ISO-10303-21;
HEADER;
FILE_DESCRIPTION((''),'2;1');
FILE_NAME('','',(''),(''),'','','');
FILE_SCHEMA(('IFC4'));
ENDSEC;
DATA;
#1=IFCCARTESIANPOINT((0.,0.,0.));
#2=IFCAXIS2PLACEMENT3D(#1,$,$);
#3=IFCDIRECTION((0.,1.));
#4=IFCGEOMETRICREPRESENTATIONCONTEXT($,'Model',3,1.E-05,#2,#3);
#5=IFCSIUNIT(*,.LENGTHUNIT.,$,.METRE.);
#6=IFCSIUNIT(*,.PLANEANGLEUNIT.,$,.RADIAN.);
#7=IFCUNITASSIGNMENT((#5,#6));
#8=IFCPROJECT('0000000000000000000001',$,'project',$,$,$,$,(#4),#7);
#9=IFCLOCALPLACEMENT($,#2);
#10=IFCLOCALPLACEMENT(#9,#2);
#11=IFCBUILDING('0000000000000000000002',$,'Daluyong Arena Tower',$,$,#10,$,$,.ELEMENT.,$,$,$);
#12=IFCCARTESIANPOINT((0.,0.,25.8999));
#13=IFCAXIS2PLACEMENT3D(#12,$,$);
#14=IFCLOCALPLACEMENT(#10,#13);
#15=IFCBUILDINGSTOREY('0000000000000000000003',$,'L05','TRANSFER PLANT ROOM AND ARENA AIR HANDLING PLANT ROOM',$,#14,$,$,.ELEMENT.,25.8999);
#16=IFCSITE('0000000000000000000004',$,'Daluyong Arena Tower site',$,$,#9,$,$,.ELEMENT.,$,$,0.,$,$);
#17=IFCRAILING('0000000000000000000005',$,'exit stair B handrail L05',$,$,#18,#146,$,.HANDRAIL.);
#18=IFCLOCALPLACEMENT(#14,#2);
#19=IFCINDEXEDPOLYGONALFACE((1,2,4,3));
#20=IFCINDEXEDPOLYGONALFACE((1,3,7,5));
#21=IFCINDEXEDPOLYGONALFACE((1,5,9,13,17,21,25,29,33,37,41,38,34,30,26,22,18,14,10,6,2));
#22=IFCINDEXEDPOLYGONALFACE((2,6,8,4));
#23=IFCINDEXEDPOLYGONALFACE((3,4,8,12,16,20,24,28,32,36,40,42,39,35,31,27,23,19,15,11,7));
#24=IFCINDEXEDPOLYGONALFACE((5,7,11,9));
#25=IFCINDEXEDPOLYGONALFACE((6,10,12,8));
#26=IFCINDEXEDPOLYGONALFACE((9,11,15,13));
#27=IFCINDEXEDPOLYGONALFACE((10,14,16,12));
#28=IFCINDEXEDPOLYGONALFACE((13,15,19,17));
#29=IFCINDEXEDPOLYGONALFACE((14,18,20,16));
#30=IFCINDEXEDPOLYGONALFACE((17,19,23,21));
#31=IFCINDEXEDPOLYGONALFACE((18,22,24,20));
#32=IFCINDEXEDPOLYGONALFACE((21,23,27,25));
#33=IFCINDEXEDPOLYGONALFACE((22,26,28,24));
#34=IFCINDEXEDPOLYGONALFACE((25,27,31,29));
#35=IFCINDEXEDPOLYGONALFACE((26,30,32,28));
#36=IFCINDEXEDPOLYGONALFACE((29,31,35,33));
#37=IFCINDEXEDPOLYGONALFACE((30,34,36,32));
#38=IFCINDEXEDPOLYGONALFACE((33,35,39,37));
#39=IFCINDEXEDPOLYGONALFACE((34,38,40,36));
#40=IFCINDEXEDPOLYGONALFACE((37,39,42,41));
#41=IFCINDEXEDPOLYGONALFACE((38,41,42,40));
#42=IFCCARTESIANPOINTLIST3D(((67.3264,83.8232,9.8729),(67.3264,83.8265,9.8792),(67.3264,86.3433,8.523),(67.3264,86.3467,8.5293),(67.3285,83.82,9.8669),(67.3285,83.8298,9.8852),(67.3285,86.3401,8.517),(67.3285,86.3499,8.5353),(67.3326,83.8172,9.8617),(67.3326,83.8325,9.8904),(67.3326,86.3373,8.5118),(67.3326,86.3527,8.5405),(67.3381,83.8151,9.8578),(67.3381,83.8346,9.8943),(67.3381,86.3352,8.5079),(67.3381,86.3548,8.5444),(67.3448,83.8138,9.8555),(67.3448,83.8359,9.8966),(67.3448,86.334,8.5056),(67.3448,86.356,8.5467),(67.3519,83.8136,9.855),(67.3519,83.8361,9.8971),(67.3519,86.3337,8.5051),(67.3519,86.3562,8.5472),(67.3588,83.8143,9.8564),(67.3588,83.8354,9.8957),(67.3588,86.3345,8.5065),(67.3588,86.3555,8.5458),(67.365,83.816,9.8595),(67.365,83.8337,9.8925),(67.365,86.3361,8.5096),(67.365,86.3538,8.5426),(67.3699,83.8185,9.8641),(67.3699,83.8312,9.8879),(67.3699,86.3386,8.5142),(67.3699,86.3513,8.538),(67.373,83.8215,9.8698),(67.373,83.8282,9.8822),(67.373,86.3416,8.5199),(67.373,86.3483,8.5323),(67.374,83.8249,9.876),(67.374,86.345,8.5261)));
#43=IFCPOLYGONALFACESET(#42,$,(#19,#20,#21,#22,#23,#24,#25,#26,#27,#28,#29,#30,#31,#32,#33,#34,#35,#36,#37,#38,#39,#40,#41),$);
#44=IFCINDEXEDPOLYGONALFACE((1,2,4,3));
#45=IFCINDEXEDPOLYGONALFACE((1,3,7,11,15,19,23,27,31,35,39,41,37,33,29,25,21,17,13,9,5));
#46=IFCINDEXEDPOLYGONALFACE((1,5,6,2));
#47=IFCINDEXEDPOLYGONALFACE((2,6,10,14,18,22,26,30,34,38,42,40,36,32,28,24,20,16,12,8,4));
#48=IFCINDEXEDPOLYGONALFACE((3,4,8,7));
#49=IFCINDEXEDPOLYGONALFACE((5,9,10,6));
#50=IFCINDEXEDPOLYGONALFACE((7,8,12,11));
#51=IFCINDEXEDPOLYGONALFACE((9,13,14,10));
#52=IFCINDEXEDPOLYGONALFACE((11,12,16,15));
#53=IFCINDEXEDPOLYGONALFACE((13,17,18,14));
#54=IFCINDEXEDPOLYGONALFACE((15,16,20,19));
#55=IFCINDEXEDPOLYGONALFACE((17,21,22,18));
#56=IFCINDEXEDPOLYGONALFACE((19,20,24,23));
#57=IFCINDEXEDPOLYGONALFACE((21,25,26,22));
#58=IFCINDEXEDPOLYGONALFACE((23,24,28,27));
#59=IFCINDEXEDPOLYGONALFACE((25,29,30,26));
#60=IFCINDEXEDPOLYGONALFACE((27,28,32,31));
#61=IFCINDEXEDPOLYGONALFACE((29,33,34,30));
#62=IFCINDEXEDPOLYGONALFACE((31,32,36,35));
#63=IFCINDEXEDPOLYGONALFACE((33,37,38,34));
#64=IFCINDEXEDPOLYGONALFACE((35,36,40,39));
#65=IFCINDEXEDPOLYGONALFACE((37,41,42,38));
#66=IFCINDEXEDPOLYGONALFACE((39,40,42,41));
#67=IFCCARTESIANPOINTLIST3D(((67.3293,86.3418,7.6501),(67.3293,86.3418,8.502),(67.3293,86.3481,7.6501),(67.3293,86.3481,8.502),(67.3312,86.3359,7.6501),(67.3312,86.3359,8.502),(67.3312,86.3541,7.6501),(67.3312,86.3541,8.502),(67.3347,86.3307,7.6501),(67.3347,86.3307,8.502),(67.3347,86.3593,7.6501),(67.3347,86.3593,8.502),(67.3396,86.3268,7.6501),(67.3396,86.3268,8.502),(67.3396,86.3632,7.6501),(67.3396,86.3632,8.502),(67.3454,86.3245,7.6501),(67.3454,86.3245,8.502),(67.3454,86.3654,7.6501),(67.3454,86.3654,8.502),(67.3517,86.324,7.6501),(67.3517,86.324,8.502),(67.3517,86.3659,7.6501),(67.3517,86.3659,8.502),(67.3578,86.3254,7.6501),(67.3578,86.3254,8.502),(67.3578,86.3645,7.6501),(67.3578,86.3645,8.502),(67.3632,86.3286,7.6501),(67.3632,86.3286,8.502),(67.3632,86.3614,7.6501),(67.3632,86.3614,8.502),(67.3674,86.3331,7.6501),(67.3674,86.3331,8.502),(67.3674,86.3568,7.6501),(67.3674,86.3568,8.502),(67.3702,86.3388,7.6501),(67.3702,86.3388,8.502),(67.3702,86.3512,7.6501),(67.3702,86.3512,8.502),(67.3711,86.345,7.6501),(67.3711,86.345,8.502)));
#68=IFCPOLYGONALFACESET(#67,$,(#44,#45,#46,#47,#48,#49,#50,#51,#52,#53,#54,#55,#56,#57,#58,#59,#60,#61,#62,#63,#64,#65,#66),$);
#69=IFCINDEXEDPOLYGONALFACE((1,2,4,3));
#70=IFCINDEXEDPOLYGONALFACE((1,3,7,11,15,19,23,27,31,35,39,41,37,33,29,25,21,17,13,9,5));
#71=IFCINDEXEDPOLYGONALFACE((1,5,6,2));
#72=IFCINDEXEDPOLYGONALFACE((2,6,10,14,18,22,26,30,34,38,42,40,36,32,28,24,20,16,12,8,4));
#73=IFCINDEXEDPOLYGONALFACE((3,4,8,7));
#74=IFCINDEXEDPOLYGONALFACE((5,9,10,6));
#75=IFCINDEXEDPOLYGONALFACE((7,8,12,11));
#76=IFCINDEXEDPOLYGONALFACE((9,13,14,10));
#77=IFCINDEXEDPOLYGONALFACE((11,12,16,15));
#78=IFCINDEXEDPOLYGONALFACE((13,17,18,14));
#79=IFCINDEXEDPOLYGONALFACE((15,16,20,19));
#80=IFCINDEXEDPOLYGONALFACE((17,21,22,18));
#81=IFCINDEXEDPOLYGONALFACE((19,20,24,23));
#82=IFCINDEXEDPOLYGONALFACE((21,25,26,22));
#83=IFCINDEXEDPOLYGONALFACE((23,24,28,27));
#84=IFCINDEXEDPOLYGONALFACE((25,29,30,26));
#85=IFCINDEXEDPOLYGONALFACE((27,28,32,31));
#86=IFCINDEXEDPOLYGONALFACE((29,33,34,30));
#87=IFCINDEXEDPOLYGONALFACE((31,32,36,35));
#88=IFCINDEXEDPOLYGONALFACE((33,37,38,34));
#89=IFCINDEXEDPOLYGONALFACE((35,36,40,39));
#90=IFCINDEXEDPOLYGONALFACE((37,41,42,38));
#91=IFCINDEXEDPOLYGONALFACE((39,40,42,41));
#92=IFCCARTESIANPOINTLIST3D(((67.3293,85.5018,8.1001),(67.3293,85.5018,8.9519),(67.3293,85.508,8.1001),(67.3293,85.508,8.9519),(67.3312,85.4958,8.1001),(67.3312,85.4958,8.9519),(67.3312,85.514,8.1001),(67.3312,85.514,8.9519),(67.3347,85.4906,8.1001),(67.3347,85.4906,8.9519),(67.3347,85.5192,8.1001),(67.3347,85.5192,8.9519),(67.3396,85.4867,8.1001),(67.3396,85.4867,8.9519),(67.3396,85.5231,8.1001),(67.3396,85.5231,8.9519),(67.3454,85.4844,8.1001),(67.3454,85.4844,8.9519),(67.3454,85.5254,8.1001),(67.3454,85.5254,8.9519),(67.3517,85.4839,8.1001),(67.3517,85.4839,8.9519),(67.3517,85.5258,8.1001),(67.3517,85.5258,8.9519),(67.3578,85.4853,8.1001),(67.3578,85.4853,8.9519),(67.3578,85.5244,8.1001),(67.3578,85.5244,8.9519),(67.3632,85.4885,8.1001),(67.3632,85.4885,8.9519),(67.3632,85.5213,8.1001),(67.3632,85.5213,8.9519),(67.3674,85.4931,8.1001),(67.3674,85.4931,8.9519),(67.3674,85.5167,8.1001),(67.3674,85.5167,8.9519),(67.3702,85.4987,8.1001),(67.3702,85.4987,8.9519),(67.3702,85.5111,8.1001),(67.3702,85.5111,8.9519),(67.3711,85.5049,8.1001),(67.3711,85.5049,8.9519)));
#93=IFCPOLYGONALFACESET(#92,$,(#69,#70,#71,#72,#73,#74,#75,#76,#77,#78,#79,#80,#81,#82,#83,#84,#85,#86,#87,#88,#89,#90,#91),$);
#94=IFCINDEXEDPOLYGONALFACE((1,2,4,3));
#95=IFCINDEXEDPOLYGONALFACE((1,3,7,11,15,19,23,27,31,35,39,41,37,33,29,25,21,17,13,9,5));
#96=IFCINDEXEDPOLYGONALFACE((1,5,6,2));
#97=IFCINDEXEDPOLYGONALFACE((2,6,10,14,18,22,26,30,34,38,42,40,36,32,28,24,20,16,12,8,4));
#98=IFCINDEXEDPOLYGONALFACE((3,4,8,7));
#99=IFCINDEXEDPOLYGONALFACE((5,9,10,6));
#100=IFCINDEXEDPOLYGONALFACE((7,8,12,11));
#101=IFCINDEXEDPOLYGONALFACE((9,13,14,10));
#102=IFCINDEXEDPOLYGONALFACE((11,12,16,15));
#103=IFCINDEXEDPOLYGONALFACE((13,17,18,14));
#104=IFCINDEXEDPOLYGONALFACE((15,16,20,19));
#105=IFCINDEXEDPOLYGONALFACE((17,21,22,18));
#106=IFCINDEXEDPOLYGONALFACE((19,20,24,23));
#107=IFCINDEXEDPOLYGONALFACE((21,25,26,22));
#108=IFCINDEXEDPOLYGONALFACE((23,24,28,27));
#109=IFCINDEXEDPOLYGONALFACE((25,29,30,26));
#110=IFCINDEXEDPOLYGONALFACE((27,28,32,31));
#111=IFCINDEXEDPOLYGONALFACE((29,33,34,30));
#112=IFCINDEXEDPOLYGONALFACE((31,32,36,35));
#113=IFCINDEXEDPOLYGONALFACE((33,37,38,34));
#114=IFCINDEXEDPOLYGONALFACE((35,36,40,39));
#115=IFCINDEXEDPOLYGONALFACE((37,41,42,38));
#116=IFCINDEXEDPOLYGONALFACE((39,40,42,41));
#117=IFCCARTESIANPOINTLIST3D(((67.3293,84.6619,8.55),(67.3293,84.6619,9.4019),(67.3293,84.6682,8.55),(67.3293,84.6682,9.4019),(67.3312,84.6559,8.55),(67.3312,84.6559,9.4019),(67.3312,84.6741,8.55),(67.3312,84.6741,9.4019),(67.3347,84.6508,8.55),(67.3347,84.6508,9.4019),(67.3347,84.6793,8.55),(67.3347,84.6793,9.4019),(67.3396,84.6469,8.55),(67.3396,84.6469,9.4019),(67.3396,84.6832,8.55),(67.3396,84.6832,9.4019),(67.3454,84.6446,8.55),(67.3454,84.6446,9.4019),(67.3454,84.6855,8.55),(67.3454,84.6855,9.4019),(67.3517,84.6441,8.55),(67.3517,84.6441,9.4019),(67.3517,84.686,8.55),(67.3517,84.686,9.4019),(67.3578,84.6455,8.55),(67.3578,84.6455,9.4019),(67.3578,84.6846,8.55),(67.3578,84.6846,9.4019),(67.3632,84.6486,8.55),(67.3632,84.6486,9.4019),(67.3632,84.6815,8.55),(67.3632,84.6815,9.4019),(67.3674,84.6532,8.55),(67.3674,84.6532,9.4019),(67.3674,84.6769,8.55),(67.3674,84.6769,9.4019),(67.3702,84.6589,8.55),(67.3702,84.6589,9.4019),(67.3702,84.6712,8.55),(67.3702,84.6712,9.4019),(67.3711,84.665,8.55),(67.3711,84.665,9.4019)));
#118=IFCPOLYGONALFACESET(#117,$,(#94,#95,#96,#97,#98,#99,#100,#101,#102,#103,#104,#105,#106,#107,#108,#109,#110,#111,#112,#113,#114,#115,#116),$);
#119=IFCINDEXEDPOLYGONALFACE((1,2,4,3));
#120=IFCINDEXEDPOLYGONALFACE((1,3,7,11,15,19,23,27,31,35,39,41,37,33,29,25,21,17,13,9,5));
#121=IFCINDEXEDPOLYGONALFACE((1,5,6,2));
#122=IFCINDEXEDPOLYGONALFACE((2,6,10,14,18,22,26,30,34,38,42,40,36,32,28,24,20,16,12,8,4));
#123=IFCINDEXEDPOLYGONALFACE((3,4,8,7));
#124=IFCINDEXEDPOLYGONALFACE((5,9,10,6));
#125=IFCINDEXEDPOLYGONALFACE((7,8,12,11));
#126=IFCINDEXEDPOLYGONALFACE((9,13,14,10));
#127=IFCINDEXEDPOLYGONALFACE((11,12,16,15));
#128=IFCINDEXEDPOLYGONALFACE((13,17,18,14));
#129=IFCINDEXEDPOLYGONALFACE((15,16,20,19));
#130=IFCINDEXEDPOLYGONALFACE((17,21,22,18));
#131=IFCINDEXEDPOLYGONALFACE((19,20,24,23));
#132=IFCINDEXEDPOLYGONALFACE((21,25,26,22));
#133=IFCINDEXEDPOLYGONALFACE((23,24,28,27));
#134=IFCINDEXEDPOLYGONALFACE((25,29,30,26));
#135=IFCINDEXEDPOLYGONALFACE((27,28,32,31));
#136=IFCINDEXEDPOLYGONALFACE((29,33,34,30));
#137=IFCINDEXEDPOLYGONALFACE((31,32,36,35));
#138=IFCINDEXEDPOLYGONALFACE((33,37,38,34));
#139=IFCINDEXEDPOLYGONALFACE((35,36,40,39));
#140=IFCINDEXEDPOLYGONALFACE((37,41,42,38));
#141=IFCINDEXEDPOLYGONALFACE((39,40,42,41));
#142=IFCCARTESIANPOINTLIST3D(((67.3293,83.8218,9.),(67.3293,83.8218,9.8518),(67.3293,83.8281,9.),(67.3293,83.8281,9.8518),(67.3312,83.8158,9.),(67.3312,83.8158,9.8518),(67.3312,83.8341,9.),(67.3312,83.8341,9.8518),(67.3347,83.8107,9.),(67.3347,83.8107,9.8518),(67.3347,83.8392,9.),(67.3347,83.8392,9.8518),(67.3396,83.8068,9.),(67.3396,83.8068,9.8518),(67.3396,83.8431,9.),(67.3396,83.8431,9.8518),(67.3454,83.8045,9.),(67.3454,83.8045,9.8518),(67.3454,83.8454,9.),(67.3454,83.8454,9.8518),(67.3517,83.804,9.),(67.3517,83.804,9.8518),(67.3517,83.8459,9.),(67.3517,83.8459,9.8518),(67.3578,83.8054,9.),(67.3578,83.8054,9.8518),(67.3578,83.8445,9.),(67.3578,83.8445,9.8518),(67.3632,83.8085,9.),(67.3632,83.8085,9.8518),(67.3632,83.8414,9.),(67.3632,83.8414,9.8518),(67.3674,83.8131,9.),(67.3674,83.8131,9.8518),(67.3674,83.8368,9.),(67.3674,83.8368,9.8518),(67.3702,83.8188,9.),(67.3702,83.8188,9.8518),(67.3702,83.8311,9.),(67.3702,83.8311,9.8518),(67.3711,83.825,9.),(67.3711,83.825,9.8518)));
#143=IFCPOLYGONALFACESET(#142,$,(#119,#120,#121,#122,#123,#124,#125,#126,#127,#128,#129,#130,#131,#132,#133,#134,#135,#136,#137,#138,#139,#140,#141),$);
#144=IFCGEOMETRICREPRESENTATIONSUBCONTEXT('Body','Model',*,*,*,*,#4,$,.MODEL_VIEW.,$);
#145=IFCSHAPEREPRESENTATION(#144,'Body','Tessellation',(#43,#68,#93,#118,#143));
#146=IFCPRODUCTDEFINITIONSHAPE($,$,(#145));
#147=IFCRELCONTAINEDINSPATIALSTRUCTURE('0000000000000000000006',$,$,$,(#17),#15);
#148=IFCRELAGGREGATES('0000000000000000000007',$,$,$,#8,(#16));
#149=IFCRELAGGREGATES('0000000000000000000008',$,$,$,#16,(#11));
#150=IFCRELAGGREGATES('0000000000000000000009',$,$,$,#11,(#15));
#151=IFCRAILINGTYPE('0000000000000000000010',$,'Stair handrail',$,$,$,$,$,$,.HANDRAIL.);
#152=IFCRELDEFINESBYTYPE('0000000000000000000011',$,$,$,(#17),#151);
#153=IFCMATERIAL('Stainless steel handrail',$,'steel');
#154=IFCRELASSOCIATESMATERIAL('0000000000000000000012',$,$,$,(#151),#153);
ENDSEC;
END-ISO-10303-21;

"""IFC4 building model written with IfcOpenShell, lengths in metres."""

from ifc_helpers import new_model, si_unit, direction, frame, origin, origin_2d, place, context, subcontext, project, spatial, circle, extrude, material, type_object, element, save


model = new_model("IFC4")

# Units and contexts
model_context = context("Model", 3, precision=1e-05, world=origin(), true_north=direction((0.0, 1.0)))
body_context = subcontext(model_context, "Body", "Model", "MODEL_VIEW")
ifc_project = project(units=[si_unit("LENGTHUNIT", "METRE"), si_unit("PLANEANGLEUNIT", "RADIAN")], contexts=[model_context])

# Site, building, storey
site_placement = place(None, origin())
site = spatial("IfcSite", under=ifc_project, at=site_placement, Name="Daluyong Arena Tower site", CompositionType="ELEMENT", RefElevation=0.0)
building_placement = place(site_placement, origin())
building = spatial("IfcBuilding", under=site, at=building_placement, Name="Daluyong Arena Tower", CompositionType="ELEMENT")
storey_placement = place(building_placement, frame((0.0, 0.0, 25.8999)))
storey = spatial("IfcBuildingStorey", under=building, at=storey_placement, Name="L05", Description="TRANSFER PLANT ROOM AND ARENA AIR HANDLING PLANT ROOM", CompositionType="ELEMENT", Elevation=25.8999)

# Railing
ifc_material_1 = material(Name="Stainless steel handrail", Category="steel")
railing_type_1 = type_object("IfcRailingType", Name="Stair handrail", PredefinedType="HANDRAIL", material=ifc_material_1)
for number, where, name in (
    (1, (67.3501, 86.345, 7.6501), "exit stair B handrail L05"),
):
    element("IfcRailing", number, at=place(storey_placement, frame(where)), inside=storey, type_object=railing_type_1, Name=name, PredefinedType="HANDRAIL", context=body_context, shape_type="SweptSolid", body=[
        extrude(circle(Radius=0.0239, at=origin_2d()), frame((0.0, 0.0, 0.876), z_axis=(0.0, -0.881503, 0.472179), x_axis=(1.0, 0.0, 0.0)), (0.0, 0.0, 1.0), 2.8589),
        extrude(circle(Radius=0.021, at=origin_2d()), origin(), (0.0, 0.0, 1.0), 0.8518),
        extrude(circle(Radius=0.021, at=origin_2d()), frame((0.0, -0.8401, 0.45)), (0.0, 0.0, 1.0), 0.8518),
        extrude(circle(Radius=0.021, at=origin_2d()), frame((0.0, -1.6799, 0.8999)), (0.0, 0.0, 1.0), 0.8518),
        extrude(circle(Radius=0.021, at=origin_2d()), frame((0.0, -2.52, 1.3499)), (0.0, 0.0, 1.0), 0.8518),
    ])

save(model, "model.ifc")
